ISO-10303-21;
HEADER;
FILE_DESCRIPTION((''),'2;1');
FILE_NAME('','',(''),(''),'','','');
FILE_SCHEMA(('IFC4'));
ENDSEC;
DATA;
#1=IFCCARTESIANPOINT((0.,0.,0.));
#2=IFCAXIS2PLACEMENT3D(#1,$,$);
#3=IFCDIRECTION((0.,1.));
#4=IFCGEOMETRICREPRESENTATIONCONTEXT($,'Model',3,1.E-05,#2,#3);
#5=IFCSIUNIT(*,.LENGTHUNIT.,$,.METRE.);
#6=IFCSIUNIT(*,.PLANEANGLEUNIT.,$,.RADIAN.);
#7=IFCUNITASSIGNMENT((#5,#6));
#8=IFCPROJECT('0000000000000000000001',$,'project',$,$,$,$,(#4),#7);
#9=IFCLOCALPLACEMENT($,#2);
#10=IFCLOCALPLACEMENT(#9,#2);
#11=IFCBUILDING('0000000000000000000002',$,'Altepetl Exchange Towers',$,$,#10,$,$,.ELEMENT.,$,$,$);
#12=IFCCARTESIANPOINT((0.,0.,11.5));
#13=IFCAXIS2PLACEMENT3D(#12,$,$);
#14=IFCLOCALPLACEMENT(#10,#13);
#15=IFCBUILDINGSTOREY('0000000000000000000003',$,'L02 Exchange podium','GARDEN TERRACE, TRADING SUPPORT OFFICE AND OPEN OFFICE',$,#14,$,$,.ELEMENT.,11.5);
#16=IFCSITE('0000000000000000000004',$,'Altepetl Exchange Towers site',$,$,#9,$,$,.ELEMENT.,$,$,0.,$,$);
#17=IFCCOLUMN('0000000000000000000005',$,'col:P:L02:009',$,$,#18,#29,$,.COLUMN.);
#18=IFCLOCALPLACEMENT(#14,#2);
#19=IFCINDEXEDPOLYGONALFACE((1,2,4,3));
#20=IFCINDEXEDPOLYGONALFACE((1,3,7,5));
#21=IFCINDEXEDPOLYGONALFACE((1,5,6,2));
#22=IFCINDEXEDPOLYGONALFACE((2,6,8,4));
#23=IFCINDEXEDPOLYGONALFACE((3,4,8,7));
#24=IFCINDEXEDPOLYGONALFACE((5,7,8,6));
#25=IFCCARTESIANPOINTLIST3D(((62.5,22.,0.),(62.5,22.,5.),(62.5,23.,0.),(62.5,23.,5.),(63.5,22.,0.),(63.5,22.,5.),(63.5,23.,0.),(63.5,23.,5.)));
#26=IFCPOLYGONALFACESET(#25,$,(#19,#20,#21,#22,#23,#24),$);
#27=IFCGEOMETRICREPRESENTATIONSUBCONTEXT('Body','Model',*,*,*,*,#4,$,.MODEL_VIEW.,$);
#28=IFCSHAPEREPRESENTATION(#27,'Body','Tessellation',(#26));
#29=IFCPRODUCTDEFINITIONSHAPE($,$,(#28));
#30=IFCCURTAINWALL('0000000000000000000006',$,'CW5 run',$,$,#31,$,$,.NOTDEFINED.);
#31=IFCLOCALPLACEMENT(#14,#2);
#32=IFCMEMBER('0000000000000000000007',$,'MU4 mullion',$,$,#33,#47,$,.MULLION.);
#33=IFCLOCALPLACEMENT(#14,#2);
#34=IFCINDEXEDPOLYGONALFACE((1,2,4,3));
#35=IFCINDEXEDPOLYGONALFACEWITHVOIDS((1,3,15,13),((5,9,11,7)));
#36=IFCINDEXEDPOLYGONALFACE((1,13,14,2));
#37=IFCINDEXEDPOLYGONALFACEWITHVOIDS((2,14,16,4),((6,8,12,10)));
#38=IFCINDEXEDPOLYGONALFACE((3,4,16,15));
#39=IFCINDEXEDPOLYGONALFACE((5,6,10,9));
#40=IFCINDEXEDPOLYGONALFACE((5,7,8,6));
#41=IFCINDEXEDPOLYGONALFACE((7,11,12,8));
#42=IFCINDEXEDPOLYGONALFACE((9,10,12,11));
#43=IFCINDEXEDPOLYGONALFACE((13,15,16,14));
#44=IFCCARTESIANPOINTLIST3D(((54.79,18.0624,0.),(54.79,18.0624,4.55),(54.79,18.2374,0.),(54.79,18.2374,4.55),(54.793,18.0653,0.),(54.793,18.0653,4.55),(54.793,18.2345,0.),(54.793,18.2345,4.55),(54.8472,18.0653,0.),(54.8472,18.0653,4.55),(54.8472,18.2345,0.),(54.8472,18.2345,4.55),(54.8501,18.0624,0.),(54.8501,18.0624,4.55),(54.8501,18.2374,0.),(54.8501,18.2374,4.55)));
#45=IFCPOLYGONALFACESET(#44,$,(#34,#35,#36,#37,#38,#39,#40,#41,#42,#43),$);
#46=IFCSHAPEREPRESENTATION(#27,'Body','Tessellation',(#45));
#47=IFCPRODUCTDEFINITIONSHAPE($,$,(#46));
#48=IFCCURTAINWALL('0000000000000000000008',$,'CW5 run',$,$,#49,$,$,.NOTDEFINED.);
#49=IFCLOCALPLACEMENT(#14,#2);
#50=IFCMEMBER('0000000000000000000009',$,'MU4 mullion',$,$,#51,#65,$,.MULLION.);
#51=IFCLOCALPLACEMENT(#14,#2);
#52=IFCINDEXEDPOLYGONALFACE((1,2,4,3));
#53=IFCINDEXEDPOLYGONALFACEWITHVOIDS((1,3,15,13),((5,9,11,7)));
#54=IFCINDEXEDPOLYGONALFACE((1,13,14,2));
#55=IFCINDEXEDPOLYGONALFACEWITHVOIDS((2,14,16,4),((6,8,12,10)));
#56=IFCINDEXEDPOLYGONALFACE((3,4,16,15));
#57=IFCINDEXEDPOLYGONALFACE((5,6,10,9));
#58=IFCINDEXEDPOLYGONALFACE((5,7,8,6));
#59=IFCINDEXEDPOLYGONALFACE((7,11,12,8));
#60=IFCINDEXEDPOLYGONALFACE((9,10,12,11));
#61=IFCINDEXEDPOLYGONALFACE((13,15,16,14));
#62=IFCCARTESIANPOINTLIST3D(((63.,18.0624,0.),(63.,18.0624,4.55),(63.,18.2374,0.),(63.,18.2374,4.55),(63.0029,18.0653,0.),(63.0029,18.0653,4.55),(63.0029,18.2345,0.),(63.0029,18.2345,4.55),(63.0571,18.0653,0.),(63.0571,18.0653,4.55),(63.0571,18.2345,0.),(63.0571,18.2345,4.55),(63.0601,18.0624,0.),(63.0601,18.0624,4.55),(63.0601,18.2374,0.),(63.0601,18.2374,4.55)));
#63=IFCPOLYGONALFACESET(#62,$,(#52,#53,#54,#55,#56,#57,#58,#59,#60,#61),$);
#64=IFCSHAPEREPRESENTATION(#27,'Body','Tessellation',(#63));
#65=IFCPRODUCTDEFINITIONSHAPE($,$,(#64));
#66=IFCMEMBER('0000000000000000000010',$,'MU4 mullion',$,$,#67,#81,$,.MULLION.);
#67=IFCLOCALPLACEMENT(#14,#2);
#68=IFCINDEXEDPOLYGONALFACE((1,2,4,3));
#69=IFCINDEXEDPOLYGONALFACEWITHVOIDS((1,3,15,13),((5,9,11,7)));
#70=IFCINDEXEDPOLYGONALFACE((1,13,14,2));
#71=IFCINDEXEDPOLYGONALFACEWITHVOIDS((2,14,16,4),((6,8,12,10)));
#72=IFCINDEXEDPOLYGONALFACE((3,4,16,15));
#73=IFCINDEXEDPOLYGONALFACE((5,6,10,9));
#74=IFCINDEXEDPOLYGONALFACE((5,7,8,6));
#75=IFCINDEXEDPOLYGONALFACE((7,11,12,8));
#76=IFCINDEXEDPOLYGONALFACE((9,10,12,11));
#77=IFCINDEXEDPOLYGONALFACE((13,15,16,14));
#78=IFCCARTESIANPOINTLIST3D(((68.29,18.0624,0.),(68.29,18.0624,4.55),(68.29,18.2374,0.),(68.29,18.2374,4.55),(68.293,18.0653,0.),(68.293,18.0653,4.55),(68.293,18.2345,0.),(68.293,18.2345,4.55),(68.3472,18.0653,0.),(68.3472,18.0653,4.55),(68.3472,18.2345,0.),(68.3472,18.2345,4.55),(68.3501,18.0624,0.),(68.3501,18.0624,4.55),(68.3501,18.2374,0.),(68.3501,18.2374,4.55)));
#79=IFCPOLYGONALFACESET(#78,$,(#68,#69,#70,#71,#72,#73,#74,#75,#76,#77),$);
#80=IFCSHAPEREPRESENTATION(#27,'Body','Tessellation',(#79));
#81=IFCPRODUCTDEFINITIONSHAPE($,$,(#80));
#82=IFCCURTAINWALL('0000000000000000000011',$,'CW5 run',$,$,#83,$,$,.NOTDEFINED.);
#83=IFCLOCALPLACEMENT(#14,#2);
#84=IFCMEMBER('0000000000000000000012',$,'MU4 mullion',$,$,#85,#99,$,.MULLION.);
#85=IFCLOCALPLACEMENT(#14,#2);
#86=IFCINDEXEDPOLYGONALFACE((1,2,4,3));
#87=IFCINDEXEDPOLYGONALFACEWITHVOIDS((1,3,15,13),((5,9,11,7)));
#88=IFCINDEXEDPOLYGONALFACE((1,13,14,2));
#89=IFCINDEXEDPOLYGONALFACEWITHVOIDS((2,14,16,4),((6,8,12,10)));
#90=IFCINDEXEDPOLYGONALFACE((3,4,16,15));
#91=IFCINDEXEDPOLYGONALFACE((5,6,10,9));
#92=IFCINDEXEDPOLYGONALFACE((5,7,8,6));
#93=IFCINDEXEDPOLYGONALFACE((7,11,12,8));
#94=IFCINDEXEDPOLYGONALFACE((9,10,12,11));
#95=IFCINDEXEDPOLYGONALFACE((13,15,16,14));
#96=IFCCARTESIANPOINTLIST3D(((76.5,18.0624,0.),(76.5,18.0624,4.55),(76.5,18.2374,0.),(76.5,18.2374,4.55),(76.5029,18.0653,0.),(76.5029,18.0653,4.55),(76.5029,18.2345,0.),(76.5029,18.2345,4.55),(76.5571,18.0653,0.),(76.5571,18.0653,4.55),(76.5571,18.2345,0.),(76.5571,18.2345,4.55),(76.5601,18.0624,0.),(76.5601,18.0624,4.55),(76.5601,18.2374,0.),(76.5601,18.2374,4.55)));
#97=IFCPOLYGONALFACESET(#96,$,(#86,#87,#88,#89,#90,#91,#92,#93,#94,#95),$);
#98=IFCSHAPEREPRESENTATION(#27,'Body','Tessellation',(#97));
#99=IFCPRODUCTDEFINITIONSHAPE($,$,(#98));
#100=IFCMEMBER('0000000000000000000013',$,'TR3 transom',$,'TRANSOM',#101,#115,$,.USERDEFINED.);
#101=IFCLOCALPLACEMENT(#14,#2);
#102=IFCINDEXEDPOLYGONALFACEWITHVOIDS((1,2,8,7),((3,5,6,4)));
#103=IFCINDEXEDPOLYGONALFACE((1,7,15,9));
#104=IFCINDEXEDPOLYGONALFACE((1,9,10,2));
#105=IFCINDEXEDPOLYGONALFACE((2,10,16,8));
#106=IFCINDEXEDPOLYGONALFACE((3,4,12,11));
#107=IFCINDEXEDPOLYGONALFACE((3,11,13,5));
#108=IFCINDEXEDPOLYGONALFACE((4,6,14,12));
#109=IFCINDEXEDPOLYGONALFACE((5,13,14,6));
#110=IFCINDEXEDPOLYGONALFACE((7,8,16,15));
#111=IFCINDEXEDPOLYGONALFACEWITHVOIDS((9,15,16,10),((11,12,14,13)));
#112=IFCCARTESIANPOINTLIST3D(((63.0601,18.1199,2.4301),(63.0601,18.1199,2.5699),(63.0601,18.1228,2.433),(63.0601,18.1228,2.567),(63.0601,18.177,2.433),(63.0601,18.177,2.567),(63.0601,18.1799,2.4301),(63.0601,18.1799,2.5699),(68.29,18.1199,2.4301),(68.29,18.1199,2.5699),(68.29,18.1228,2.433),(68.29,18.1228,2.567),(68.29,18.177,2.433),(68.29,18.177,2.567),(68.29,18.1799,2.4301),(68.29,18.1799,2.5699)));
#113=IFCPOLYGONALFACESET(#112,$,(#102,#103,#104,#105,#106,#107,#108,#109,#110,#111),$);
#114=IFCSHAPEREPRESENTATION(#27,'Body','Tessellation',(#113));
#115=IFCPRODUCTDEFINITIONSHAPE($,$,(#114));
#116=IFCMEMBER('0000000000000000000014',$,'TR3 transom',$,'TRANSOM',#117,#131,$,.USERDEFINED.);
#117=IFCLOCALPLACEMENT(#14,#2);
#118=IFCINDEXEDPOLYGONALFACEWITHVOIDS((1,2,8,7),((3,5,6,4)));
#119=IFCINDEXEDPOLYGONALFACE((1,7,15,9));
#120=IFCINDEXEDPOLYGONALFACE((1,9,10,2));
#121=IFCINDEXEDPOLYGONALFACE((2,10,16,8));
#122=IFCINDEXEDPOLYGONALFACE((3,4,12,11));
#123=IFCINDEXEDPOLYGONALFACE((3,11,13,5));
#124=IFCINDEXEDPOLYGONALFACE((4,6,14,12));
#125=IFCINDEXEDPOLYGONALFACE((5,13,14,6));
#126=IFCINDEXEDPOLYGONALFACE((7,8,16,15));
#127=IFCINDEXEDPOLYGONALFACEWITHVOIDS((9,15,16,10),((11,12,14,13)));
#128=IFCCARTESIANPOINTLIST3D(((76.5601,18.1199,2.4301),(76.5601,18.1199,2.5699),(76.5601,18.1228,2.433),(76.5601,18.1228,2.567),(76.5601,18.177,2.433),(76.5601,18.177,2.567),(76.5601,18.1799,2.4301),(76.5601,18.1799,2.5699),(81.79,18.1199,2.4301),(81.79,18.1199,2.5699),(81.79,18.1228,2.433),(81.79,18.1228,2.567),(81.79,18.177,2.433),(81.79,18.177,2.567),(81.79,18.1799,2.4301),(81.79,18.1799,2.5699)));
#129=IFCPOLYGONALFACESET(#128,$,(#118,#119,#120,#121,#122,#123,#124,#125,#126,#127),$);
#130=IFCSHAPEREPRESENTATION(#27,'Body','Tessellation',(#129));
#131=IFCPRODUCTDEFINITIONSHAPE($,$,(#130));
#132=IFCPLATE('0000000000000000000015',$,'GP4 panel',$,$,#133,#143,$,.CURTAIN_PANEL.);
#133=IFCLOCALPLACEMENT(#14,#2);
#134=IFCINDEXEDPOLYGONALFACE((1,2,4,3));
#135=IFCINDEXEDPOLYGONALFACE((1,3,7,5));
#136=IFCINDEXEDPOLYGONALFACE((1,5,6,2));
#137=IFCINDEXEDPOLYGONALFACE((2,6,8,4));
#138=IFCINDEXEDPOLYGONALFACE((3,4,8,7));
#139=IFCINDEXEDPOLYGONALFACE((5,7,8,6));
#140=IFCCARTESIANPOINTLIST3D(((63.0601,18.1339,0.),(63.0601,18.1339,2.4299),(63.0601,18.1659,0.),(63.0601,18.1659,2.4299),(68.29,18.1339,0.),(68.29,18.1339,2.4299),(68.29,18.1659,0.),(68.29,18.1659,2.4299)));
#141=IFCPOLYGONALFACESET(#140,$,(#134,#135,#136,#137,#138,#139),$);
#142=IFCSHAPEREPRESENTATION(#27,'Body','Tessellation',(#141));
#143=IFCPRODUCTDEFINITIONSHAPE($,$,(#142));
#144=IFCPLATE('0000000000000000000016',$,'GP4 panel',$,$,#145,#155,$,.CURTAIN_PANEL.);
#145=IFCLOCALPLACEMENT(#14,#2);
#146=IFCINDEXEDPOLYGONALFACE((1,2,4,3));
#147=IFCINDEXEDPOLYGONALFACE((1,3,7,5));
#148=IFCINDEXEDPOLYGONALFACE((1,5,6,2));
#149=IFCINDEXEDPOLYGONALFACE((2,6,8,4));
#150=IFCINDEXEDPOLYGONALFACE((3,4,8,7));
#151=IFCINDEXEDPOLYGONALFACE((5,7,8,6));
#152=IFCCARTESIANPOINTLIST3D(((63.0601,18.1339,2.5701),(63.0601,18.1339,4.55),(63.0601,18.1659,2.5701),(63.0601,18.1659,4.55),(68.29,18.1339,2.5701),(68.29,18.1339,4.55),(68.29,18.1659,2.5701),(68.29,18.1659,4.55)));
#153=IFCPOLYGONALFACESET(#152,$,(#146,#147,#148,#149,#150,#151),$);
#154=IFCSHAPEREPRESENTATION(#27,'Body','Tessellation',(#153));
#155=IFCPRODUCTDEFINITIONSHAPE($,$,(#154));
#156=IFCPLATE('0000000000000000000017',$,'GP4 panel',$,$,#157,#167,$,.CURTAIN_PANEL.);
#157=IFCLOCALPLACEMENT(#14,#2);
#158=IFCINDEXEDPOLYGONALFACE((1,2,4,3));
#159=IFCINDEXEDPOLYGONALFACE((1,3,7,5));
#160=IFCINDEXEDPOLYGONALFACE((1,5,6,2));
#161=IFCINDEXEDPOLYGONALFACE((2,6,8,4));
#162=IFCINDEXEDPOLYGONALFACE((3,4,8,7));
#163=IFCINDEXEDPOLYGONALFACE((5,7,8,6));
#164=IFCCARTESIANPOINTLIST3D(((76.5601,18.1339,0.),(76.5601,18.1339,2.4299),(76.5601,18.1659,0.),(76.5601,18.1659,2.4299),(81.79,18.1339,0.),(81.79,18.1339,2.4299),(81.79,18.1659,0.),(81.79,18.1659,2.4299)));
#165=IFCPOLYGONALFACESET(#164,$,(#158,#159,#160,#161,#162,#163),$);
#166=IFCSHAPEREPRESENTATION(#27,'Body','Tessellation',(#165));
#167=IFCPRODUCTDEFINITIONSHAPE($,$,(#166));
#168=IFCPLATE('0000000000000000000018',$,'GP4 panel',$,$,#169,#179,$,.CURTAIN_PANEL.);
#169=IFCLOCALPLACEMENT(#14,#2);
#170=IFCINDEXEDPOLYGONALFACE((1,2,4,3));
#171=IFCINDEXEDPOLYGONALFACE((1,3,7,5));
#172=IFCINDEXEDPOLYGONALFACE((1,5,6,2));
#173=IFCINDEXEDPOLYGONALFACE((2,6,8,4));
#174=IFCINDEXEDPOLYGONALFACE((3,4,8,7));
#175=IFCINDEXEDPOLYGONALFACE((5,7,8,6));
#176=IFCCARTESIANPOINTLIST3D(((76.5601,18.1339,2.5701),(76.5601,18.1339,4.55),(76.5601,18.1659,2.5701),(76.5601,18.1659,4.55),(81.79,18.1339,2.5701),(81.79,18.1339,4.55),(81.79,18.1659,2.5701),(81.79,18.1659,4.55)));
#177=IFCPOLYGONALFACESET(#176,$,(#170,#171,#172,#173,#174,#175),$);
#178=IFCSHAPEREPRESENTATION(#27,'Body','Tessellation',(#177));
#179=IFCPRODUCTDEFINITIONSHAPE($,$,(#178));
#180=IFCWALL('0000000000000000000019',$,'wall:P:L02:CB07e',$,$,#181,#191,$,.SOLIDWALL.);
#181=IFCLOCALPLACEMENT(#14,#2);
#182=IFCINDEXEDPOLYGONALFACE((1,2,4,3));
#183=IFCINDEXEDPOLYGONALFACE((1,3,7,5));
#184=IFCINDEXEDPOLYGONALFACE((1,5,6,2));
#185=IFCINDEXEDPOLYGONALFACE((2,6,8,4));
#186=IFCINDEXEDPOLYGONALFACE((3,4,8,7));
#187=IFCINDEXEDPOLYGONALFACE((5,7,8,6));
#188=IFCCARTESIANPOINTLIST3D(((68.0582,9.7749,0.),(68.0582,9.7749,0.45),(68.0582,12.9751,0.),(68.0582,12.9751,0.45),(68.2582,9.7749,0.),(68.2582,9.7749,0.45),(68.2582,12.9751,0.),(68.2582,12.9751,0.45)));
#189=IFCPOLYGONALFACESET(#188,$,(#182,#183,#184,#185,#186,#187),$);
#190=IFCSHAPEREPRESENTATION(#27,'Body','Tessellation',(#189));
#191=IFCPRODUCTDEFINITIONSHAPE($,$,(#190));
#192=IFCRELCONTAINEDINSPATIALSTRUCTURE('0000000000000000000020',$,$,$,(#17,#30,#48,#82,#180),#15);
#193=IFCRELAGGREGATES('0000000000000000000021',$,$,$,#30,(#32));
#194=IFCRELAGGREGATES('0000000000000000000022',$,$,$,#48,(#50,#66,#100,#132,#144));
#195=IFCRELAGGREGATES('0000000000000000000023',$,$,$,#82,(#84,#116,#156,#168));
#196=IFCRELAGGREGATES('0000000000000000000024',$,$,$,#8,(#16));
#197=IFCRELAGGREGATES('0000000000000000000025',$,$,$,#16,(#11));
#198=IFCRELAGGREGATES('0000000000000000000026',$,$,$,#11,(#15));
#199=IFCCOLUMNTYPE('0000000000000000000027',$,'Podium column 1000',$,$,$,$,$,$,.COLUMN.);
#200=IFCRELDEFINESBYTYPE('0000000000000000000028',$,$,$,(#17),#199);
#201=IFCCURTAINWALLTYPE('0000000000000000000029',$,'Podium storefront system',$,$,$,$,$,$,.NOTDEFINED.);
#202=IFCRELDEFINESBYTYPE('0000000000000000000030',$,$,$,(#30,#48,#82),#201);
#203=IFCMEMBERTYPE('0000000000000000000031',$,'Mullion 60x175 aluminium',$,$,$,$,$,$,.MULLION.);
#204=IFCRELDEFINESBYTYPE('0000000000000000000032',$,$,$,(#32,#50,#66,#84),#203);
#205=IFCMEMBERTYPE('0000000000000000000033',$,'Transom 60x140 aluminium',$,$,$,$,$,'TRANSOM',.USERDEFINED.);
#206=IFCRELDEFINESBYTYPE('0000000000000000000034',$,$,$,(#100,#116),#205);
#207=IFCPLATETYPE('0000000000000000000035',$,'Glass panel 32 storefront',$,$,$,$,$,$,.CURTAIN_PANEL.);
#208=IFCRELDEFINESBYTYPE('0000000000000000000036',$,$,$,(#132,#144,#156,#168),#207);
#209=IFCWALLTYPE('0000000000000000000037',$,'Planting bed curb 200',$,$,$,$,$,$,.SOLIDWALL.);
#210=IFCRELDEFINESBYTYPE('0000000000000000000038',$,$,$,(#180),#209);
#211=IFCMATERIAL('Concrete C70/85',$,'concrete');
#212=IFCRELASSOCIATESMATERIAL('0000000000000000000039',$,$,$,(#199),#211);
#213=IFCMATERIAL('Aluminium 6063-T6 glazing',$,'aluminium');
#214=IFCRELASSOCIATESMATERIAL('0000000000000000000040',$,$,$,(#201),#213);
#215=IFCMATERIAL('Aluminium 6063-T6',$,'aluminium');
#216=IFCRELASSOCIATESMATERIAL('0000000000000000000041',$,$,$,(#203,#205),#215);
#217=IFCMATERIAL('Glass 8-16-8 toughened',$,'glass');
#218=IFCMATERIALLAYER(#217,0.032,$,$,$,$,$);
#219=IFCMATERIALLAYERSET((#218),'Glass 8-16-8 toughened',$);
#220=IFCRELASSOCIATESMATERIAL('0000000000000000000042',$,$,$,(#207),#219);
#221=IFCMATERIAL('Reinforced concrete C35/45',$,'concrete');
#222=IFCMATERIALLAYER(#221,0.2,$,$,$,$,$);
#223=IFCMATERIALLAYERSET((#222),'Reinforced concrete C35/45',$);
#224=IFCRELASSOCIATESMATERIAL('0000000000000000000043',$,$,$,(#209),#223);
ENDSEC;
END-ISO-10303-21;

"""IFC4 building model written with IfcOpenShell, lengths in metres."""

from ifc_helpers import new_model, si_unit, direction, frame, frame_2d, origin, origin_2d, place, context, subcontext, project, spatial, rectangle, hollow_rectangle, extrude, material, layer, layer_set, material_profile, profile_set, type_object, element, aggregate, save


model = new_model("IFC4")

# Units and contexts
model_context = context("Model", 3, precision=1e-05, world=origin(), true_north=direction((0.0, 1.0)))
body_context = subcontext(model_context, "Body", "Model", "MODEL_VIEW")
ifc_project = project(units=[si_unit("LENGTHUNIT", "METRE"), si_unit("PLANEANGLEUNIT", "RADIAN")], contexts=[model_context])

# Site, building, storey
site_placement = place(None, origin())
site = spatial("IfcSite", under=ifc_project, at=site_placement, Name="Altepetl Exchange Towers site", CompositionType="ELEMENT", RefElevation=0.0)
building_placement = place(site_placement, origin())
building = spatial("IfcBuilding", under=site, at=building_placement, Name="Altepetl Exchange Towers", CompositionType="ELEMENT")
storey_placement = place(building_placement, frame((0.0, 0.0, 11.5)))
storey = spatial("IfcBuildingStorey", under=building, at=storey_placement, Name="L02 Exchange podium", Description="GARDEN TERRACE, TRADING SUPPORT OFFICE AND OPEN OFFICE", CompositionType="ELEMENT", Elevation=11.5)

# Column
ifc_material_1 = material(Name="Concrete C70/85", Category="concrete")
ifc_material_profile_1 = material_profile(ifc_material_1, rectangle(XDim=1.0, YDim=1.0, at=origin_2d()), Name="1000 x 1000")
ifc_profile_set_1 = profile_set([ifc_material_profile_1], Name="Concrete C70/85")
column_type = type_object("IfcColumnType", Name="Podium column 1000", PredefinedType="COLUMN", material=ifc_profile_set_1)
column_placement = place(storey_placement, frame((63.0, 22.5, 0.0)))
element("IfcColumn", 1, at=column_placement, inside=storey, type_object=column_type, Name="col:P:L02:009", PredefinedType="COLUMN", context=body_context, shape_type="SweptSolid", body=[
    extrude(rectangle(XDim=1.0, YDim=1.0, at=origin_2d()), origin(), (0.0, 0.0, 1.0), 5.0),
])

# Curtain wall, member
ifc_material_2 = material(Name="Aluminium 6063-T6 glazing", Category="aluminium")
curtain_wall_type = type_object("IfcCurtainWallType", Name="Podium storefront system", PredefinedType="NOTDEFINED", material=ifc_material_2)
curtain_wall_1_placement = place(storey_placement, origin())
curtain_wall_1 = element("IfcCurtainWall", 2, at=curtain_wall_1_placement, inside=storey, type_object=curtain_wall_type, Name="CW5 run", PredefinedType="NOTDEFINED")
ifc_material_3 = material(Name="Aluminium 6063-T6", Category="aluminium")
ifc_material_profile_2 = material_profile(ifc_material_3, hollow_rectangle(XDim=0.0601, YDim=0.175, WallThickness=0.0029, at=origin_2d()), Name="Mullion 60x175 aluminium")
ifc_profile_set_2 = profile_set([ifc_material_profile_2], Name="Aluminium 6063-T6")
member_type_1 = type_object("IfcMemberType", Name="Mullion 60x175 aluminium", PredefinedType="MULLION", material=ifc_profile_set_2)
member_1_placement = place(storey_placement, frame((54.8201, 18.1499, 0.0)))
member_1 = element("IfcMember", 3, at=member_1_placement, type_object=member_type_1, Name="MU4 mullion", PredefinedType="MULLION", context=body_context, shape_type="SweptSolid", body=[
    extrude(hollow_rectangle(XDim=0.0601, YDim=0.175, WallThickness=0.0029, at=origin_2d()), origin(), (0.0, 0.0, 1.0), 4.55),
])
aggregate(curtain_wall_1, [member_1])

# Curtain wall, members
curtain_wall_2_placement = place(storey_placement, origin())
curtain_wall_2 = element("IfcCurtainWall", 4, at=curtain_wall_2_placement, inside=storey, type_object=curtain_wall_type, Name="CW5 run", PredefinedType="NOTDEFINED")
member_2_placement = place(storey_placement, frame((63.03, 18.1499, 0.0)))
member_2 = element("IfcMember", 5, at=member_2_placement, type_object=member_type_1, Name="MU4 mullion", PredefinedType="MULLION", context=body_context, shape_type="SweptSolid", body=[
    extrude(hollow_rectangle(XDim=0.0601, YDim=0.175, WallThickness=0.0029, at=origin_2d()), origin(), (0.0, 0.0, 1.0), 4.55),
])
member_3_placement = place(storey_placement, frame((68.3201, 18.1499, 0.0)))
member_3 = element("IfcMember", 6, at=member_3_placement, type_object=member_type_1, Name="MU4 mullion", PredefinedType="MULLION", context=body_context, shape_type="SweptSolid", body=[
    extrude(hollow_rectangle(XDim=0.0601, YDim=0.175, WallThickness=0.0029, at=origin_2d()), origin(), (0.0, 0.0, 1.0), 4.55),
])

# Curtain wall, member
curtain_wall_3_placement = place(storey_placement, origin())
curtain_wall_3 = element("IfcCurtainWall", 7, at=curtain_wall_3_placement, inside=storey, type_object=curtain_wall_type, Name="CW5 run", PredefinedType="NOTDEFINED")
member_4_placement = place(storey_placement, frame((76.53, 18.1499, 0.0)))
member_4 = element("IfcMember", 8, at=member_4_placement, type_object=member_type_1, Name="MU4 mullion", PredefinedType="MULLION", context=body_context, shape_type="SweptSolid", body=[
    extrude(hollow_rectangle(XDim=0.0601, YDim=0.175, WallThickness=0.0029, at=origin_2d()), origin(), (0.0, 0.0, 1.0), 4.55),
])

# Members
ifc_material_profile_3 = material_profile(ifc_material_3, hollow_rectangle(XDim=0.0601, YDim=0.1399, WallThickness=0.0029, at=origin_2d()), Name="Transom 60x140 aluminium")
ifc_profile_set_3 = profile_set([ifc_material_profile_3], Name="Aluminium 6063-T6")
member_type_2 = type_object("IfcMemberType", Name="Transom 60x140 aluminium", ElementType="TRANSOM", PredefinedType="USERDEFINED", material=ifc_profile_set_3)
member_5_placement = place(storey_placement, frame((63.0601, 18.1499, 2.5), z_axis=(1.0, 0.0, 0.0), x_axis=(0.0, 1.0, 0.0)))
member_5 = element("IfcMember", 9, at=member_5_placement, type_object=member_type_2, Name="TR3 transom", ObjectType="TRANSOM", PredefinedType="USERDEFINED", context=body_context, shape_type="SweptSolid", body=[
    extrude(hollow_rectangle(XDim=0.0601, YDim=0.1399, WallThickness=0.0029, at=origin_2d()), origin(), (0.0, 0.0, 1.0), 5.23),
])
member_6_placement = place(storey_placement, frame((76.5601, 18.1499, 2.5), z_axis=(1.0, 0.0, 0.0), x_axis=(0.0, 1.0, 0.0)))
member_6 = element("IfcMember", 10, at=member_6_placement, type_object=member_type_2, Name="TR3 transom", ObjectType="TRANSOM", PredefinedType="USERDEFINED", context=body_context, shape_type="SweptSolid", body=[
    extrude(hollow_rectangle(XDim=0.0601, YDim=0.1399, WallThickness=0.0029, at=origin_2d()), origin(), (0.0, 0.0, 1.0), 5.23),
])

# Plates
ifc_material_4 = material(Name="Glass 8-16-8 toughened", Category="glass")
ifc_layer_1 = layer(ifc_material_4, 0.032)
ifc_layer_set_1 = layer_set([ifc_layer_1], Name="Glass 8-16-8 toughened")
plate_type = type_object("IfcPlateType", Name="Glass panel 32 storefront", PredefinedType="CURTAIN_PANEL", material=ifc_layer_set_1)
plate_1_placement = place(storey_placement, frame((65.675, 18.1499, 0.0)))
plate_1 = element("IfcPlate", 11, at=plate_1_placement, type_object=plate_type, Name="GP4 panel", PredefinedType="CURTAIN_PANEL", context=body_context, shape_type="SweptSolid", body=[
    extrude(rectangle(XDim=5.23, YDim=0.032, at=origin_2d()), origin(), (0.0, 0.0, 1.0), 2.4299),
])
plate_2_placement = place(storey_placement, frame((65.675, 18.1499, 2.5701)))
plate_2 = element("IfcPlate", 12, at=plate_2_placement, type_object=plate_type, Name="GP4 panel", PredefinedType="CURTAIN_PANEL", context=body_context, shape_type="SweptSolid", body=[
    extrude(rectangle(XDim=5.23, YDim=0.032, at=origin_2d()), origin(), (0.0, 0.0, 1.0), 1.98),
])
aggregate(curtain_wall_2, [member_2, member_3, member_5, plate_1, plate_2])
plate_3_placement = place(storey_placement, frame((79.175, 18.1499, 0.0)))
plate_3 = element("IfcPlate", 13, at=plate_3_placement, type_object=plate_type, Name="GP4 panel", PredefinedType="CURTAIN_PANEL", context=body_context, shape_type="SweptSolid", body=[
    extrude(rectangle(XDim=5.23, YDim=0.032, at=origin_2d()), origin(), (0.0, 0.0, 1.0), 2.4299),
])
plate_4_placement = place(storey_placement, frame((79.175, 18.1499, 2.5701)))
plate_4 = element("IfcPlate", 14, at=plate_4_placement, type_object=plate_type, Name="GP4 panel", PredefinedType="CURTAIN_PANEL", context=body_context, shape_type="SweptSolid", body=[
    extrude(rectangle(XDim=5.23, YDim=0.032, at=origin_2d()), origin(), (0.0, 0.0, 1.0), 1.98),
])
aggregate(curtain_wall_3, [member_4, member_6, plate_3, plate_4])

# Wall
ifc_material_5 = material(Name="Reinforced concrete C35/45", Category="concrete")
ifc_layer_2 = layer(ifc_material_5, 0.2)
ifc_layer_set_2 = layer_set([ifc_layer_2], Name="Reinforced concrete C35/45")
wall_type_1 = type_object("IfcWallType", Name="Planting bed curb 200", PredefinedType="SOLIDWALL", material=ifc_layer_set_2)
wall_1_placement = place(storey_placement, frame((68.1582, 9.7749, 0.0), z_axis=(0.0, 0.0, 1.0), x_axis=(0.0, 1.0, 0.0)))
element("IfcWall", 15, at=wall_1_placement, inside=storey, type_object=wall_type_1, Name="wall:P:L02:CB07e", PredefinedType="SOLIDWALL", context=body_context, shape_type="SweptSolid", body=[
    extrude(rectangle(XDim=3.2002, YDim=0.2, at=frame_2d((1.6001, 0.0))), origin(), (0.0, 0.0, 1.0), 0.45),
])

save(model, "model.ifc")
